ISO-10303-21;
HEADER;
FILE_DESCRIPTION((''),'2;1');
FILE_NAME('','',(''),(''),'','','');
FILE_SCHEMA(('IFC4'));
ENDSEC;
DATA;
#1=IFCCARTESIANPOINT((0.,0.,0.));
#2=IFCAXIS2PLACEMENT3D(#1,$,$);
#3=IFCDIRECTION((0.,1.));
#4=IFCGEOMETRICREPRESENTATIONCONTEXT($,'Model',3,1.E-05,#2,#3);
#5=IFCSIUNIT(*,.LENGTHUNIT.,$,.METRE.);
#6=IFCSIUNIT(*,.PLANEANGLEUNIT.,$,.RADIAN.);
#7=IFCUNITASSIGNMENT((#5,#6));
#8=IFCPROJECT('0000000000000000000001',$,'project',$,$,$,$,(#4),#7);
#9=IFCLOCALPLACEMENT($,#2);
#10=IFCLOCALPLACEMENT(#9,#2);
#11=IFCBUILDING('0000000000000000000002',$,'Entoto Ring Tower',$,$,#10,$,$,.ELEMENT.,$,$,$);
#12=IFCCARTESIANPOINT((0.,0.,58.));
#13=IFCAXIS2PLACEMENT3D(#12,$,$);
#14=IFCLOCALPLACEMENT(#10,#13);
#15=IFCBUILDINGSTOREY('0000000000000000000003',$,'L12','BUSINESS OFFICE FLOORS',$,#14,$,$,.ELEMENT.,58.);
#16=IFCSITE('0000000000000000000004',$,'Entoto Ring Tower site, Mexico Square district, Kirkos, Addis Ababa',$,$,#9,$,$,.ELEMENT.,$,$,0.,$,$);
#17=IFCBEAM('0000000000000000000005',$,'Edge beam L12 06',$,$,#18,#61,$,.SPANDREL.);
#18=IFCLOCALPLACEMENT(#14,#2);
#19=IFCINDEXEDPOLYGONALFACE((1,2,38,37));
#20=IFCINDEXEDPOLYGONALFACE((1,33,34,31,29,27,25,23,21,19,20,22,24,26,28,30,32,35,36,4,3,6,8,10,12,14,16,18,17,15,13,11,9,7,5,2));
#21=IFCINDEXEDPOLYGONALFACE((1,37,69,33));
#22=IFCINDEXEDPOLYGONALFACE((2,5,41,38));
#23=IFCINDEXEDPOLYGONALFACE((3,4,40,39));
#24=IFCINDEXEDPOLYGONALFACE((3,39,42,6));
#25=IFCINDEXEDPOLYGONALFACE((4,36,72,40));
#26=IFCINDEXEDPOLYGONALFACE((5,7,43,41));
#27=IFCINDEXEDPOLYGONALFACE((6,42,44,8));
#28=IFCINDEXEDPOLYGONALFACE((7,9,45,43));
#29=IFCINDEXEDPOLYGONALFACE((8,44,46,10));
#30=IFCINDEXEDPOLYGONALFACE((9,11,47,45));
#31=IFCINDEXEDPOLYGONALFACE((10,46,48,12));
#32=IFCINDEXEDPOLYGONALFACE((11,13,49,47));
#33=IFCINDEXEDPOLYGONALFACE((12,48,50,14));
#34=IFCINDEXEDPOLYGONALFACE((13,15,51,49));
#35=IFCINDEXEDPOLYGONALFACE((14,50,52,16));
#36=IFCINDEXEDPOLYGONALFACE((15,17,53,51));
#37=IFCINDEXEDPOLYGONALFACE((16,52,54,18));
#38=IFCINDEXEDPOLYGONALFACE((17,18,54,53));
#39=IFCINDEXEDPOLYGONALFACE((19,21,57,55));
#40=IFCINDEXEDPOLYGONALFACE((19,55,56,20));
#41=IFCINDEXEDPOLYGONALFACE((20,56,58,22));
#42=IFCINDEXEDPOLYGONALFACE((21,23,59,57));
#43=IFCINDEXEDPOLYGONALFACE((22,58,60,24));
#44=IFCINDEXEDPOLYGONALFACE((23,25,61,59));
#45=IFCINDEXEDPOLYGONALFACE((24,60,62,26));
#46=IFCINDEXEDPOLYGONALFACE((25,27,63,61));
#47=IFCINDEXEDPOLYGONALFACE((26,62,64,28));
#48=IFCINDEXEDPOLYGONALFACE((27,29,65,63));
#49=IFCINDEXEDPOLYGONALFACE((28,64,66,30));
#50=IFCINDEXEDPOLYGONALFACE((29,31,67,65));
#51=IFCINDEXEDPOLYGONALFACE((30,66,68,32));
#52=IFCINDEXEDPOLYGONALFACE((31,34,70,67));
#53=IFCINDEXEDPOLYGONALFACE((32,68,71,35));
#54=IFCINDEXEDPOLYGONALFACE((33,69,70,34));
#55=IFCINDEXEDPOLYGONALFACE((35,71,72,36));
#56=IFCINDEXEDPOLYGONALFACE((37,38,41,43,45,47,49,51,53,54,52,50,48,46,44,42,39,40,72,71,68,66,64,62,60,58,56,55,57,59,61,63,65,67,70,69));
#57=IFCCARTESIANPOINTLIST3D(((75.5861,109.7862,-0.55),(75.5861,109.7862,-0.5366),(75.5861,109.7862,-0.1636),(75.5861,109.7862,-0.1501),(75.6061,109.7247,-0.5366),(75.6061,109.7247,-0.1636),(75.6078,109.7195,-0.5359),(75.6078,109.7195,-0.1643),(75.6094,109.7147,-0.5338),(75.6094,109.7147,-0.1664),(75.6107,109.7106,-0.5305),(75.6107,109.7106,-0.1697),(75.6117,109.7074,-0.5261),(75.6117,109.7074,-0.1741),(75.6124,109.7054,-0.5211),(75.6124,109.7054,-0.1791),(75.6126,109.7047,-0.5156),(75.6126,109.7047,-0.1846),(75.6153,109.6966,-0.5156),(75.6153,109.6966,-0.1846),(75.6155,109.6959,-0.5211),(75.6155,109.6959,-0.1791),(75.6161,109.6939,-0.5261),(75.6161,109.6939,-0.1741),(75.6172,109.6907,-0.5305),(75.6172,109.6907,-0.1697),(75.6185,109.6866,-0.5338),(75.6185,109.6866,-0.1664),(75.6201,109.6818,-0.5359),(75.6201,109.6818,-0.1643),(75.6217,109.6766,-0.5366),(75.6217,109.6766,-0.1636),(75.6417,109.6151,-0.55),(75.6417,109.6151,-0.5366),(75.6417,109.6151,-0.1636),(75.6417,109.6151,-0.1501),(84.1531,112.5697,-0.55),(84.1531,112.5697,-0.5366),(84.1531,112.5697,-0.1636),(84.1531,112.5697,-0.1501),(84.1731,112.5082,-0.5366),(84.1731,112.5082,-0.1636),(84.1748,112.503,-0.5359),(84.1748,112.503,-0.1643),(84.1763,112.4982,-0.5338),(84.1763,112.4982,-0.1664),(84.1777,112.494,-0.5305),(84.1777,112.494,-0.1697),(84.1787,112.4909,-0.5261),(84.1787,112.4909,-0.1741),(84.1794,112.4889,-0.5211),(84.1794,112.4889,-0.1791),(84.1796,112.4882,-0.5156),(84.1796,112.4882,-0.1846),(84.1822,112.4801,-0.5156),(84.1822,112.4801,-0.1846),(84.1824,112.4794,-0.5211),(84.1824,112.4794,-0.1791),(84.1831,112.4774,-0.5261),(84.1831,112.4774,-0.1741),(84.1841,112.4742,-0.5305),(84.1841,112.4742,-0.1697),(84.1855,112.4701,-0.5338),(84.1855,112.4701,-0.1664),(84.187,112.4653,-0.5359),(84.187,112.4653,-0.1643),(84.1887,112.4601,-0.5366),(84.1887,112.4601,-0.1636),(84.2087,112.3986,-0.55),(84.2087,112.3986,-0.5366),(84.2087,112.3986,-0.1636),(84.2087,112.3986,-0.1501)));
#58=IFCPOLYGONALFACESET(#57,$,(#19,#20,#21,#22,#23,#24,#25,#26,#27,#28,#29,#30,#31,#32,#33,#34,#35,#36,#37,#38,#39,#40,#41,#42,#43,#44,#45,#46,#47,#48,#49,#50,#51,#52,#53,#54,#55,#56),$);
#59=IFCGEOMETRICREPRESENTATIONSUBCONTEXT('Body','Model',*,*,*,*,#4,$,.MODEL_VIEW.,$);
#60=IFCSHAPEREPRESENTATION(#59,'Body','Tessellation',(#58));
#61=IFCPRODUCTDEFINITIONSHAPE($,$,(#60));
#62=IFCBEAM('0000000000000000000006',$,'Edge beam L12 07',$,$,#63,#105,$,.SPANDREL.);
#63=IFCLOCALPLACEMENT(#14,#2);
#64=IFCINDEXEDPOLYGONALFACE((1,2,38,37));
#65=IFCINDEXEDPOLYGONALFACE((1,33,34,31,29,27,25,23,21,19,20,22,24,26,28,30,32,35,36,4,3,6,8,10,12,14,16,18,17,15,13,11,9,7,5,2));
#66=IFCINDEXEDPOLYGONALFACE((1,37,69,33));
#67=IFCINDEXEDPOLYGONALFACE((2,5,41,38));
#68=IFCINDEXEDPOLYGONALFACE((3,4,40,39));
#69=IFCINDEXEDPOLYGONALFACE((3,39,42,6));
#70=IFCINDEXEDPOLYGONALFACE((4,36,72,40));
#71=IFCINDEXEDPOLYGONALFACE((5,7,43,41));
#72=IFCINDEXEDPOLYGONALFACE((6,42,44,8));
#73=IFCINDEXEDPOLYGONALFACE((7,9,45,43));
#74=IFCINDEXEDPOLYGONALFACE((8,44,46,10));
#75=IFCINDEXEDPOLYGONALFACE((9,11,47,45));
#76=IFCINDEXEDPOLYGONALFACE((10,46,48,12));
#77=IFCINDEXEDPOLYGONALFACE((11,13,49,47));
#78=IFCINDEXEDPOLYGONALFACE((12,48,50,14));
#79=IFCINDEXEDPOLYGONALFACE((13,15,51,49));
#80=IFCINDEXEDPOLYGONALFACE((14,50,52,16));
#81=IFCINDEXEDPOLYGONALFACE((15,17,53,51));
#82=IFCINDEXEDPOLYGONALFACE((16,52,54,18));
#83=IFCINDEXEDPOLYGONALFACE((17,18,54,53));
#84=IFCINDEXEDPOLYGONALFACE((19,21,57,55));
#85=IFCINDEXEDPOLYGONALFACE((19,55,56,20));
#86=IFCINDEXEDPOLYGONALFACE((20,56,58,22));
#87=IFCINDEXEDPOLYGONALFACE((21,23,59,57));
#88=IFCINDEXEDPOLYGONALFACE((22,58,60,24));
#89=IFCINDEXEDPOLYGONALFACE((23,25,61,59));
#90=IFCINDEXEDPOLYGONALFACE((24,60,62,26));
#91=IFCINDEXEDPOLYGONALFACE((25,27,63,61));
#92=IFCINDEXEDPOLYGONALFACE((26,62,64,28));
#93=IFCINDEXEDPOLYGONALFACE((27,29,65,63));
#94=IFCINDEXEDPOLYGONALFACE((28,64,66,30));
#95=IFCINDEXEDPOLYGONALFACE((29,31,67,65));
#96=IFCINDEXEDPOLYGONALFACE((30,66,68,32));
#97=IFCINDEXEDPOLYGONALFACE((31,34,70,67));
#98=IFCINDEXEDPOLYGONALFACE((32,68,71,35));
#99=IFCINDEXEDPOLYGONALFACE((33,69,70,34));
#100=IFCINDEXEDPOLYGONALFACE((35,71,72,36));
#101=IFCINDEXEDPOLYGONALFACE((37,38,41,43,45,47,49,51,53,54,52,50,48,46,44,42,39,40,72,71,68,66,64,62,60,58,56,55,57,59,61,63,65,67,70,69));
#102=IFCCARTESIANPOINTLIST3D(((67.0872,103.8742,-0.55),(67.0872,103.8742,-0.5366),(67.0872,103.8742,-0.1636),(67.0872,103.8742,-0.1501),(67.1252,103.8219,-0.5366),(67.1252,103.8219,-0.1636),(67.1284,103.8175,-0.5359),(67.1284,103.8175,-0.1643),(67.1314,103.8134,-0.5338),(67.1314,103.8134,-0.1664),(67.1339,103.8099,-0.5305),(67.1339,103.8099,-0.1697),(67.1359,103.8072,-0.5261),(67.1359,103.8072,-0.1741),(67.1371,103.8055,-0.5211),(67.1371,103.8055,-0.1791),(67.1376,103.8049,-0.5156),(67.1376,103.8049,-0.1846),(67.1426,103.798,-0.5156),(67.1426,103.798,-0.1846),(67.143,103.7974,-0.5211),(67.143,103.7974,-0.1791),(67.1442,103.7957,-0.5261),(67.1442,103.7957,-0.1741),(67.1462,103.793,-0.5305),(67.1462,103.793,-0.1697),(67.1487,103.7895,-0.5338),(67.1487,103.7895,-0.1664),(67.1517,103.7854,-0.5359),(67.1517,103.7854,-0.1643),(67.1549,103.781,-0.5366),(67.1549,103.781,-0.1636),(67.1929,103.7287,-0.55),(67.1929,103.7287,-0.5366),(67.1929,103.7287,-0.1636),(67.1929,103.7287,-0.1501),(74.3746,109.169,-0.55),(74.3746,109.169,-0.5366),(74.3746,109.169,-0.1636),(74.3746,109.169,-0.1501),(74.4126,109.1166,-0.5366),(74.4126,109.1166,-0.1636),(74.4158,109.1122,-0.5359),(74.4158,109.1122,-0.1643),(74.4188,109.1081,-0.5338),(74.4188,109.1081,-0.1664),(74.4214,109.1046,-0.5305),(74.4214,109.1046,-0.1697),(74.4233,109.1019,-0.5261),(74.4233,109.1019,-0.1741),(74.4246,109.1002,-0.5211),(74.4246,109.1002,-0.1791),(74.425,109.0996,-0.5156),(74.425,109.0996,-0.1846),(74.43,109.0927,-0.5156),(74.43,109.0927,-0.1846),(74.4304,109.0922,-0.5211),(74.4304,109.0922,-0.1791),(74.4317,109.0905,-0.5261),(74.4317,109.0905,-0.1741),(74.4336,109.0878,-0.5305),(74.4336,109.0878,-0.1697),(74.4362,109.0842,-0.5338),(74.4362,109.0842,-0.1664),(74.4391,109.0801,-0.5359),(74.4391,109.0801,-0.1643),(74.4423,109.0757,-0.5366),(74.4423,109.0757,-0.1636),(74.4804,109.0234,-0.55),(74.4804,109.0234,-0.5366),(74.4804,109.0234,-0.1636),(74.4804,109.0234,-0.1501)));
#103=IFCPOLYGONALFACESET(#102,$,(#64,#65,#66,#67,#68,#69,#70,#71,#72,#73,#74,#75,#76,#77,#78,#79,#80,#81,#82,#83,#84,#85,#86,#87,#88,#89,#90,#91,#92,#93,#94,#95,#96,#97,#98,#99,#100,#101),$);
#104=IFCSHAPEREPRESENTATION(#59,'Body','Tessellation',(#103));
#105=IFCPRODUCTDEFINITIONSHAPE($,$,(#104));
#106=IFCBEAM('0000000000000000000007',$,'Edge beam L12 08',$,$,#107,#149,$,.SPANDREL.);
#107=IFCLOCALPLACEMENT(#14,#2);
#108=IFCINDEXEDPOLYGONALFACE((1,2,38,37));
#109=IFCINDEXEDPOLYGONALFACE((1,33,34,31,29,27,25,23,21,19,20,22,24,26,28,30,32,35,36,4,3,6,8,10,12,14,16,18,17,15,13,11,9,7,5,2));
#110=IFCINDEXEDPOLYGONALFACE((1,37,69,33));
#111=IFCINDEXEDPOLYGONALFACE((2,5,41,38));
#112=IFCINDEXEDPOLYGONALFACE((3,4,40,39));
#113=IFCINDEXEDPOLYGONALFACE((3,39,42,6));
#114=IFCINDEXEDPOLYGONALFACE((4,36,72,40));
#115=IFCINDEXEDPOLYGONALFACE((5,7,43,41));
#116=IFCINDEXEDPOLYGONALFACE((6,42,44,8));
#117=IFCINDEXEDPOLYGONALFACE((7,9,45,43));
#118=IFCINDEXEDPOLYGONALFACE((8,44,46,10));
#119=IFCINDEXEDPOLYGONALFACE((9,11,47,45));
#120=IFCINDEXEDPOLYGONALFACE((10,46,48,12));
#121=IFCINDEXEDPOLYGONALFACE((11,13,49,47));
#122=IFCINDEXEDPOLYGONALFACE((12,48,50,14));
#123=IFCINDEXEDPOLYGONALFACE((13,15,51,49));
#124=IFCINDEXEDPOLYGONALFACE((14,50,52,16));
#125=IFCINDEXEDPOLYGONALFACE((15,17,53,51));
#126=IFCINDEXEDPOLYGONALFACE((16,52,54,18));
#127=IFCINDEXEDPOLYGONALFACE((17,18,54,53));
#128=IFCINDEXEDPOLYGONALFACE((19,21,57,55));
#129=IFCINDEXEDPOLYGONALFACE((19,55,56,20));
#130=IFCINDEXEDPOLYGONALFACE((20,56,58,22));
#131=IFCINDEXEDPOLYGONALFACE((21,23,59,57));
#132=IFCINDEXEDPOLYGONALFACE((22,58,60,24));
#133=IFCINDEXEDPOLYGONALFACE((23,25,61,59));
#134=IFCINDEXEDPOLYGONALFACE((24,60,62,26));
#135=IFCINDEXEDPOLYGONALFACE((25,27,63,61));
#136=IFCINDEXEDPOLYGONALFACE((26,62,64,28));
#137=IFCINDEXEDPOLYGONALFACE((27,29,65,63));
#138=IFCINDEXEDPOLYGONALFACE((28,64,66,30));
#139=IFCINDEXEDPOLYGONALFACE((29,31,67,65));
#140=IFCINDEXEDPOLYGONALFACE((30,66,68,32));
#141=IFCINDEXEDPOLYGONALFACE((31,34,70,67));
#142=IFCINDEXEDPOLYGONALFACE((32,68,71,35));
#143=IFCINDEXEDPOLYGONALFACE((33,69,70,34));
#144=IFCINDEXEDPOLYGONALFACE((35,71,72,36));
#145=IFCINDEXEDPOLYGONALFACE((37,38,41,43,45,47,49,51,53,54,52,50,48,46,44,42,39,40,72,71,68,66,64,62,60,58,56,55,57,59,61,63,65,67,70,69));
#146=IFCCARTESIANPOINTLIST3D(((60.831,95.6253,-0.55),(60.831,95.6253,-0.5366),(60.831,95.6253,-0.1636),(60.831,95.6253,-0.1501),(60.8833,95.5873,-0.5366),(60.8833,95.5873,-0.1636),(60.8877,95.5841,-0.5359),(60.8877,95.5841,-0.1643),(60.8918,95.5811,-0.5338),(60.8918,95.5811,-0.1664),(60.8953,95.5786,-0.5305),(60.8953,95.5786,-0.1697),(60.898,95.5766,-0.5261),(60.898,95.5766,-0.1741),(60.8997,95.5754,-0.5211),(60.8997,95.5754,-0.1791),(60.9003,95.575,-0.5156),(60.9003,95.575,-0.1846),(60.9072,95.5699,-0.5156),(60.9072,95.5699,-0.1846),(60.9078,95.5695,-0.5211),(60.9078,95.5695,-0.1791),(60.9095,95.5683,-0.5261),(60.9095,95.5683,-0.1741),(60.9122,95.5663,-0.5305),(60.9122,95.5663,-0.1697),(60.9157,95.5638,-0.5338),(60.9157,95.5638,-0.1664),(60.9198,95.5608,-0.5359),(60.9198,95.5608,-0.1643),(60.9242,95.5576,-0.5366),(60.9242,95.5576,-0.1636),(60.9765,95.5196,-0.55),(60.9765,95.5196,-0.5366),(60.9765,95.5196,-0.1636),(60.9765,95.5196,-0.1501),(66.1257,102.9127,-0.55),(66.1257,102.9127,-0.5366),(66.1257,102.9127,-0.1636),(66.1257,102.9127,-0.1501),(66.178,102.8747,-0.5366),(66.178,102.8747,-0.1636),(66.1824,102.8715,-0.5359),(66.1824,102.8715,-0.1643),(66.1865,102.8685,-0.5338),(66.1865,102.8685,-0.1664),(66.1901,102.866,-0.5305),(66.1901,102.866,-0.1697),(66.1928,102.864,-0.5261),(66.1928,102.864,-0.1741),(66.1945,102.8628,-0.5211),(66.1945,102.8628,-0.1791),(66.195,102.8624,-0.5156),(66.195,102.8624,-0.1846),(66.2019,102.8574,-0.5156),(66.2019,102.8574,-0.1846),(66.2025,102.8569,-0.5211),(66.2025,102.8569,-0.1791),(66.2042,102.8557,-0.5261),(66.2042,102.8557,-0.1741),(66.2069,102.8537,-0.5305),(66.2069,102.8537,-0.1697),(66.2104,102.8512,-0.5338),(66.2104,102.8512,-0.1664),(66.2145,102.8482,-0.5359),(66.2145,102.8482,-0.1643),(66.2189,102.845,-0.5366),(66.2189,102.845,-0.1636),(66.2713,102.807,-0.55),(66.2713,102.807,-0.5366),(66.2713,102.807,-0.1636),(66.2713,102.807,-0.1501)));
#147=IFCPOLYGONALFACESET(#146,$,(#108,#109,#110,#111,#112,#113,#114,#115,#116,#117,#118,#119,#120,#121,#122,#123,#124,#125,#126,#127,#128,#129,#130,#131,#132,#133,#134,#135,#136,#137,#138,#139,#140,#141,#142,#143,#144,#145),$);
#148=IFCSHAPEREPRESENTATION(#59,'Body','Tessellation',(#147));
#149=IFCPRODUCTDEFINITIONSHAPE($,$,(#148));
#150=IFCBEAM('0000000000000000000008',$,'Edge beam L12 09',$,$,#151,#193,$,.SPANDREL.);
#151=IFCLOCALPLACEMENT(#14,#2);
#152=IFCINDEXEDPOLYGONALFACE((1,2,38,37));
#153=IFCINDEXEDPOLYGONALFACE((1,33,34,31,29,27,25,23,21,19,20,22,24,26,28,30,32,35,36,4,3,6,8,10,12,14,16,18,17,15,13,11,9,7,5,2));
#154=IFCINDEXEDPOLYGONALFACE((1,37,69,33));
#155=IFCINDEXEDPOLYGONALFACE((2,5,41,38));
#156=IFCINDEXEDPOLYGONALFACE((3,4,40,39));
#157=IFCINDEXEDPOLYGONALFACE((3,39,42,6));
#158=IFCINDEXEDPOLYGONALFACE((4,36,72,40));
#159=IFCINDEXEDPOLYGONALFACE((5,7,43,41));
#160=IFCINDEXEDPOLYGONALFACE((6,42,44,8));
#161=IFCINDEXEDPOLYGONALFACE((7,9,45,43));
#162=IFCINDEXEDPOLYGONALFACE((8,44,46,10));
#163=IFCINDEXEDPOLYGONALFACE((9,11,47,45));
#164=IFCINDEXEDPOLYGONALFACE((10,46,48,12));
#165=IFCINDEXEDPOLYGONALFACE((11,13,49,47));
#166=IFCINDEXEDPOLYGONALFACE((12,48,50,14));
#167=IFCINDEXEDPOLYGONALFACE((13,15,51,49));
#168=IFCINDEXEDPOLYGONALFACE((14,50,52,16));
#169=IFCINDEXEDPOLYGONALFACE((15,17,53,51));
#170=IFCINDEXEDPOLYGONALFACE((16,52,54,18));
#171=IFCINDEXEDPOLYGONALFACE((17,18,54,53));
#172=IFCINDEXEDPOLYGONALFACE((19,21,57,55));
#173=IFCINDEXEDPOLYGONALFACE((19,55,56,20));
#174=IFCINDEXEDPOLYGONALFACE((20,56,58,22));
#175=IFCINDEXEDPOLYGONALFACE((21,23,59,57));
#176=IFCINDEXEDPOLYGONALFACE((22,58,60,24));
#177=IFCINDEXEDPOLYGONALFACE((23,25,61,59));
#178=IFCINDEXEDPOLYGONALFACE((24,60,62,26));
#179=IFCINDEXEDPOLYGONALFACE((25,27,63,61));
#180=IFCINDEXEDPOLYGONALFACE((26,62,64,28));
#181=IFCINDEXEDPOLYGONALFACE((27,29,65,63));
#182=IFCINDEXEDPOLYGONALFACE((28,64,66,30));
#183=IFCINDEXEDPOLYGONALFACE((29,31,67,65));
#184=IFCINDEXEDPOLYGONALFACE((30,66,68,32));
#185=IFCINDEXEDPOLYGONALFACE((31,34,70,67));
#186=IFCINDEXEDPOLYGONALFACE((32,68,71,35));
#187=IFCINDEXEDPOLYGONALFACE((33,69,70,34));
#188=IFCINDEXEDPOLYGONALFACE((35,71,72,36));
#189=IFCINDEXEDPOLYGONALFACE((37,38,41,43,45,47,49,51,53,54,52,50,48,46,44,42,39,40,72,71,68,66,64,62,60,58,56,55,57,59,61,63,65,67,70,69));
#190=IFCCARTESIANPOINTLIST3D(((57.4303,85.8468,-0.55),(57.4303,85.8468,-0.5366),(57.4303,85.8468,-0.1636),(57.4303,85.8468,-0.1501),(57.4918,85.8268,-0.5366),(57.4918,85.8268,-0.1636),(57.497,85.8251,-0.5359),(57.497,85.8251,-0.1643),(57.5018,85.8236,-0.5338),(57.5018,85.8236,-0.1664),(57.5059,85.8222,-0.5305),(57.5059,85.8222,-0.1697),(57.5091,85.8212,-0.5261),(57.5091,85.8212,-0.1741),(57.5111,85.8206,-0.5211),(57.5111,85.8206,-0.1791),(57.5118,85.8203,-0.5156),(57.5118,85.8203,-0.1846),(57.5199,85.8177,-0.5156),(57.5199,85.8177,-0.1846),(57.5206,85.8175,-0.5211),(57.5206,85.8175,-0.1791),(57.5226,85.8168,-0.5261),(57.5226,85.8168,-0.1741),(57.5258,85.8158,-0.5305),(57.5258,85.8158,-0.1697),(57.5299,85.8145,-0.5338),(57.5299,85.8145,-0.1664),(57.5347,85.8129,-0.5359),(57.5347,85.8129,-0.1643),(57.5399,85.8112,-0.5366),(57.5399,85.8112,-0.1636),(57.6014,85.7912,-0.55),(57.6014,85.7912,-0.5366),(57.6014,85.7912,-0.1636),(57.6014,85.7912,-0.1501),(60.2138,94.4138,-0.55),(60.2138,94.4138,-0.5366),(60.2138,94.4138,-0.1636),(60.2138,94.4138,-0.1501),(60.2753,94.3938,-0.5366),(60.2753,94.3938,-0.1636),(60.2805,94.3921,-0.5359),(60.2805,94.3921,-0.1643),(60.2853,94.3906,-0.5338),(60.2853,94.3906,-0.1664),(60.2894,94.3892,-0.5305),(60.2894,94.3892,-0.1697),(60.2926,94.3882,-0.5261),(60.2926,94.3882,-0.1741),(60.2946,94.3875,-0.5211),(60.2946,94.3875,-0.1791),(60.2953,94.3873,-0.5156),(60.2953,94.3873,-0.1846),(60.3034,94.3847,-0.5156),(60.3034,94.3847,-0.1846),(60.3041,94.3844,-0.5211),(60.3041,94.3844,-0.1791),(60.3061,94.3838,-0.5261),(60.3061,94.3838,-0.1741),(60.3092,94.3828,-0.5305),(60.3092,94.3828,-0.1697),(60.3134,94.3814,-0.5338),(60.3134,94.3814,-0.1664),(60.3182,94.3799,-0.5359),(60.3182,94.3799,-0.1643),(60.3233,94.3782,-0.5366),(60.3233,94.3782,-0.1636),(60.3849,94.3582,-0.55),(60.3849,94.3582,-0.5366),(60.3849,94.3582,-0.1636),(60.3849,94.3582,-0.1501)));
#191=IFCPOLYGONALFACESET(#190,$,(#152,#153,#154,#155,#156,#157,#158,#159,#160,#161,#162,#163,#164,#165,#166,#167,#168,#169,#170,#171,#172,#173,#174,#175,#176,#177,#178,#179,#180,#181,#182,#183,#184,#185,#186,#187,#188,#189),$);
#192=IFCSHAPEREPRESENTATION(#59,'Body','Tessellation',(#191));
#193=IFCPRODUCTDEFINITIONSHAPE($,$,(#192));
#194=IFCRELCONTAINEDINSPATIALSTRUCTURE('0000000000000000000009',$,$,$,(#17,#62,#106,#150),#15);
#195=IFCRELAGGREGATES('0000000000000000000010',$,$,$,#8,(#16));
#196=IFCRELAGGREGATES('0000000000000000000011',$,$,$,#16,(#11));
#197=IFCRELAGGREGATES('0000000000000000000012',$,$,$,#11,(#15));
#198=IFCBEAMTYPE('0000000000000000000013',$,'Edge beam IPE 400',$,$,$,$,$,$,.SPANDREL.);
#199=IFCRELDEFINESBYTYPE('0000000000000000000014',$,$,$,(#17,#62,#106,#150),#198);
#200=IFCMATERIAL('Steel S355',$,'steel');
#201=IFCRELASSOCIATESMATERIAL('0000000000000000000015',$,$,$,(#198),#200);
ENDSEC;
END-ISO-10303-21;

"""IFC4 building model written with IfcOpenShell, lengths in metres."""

from ifc_helpers import new_model, si_unit, direction, frame, origin, origin_2d, place, context, subcontext, project, spatial, i_section, extrude, material, material_profile, profile_set, type_object, element, save


model = new_model("IFC4")

# Units and contexts
model_context = context("Model", 3, precision=1e-05, world=origin(), true_north=direction((0.0, 1.0)))
body_context = subcontext(model_context, "Body", "Model", "MODEL_VIEW")
ifc_project = project(units=[si_unit("LENGTHUNIT", "METRE"), si_unit("PLANEANGLEUNIT", "RADIAN")], contexts=[model_context])

# Site, building, storey
site_placement = place(None, origin())
site = spatial("IfcSite", under=ifc_project, at=site_placement, Name="Entoto Ring Tower site, Mexico Square district, Kirkos, Addis Ababa", CompositionType="ELEMENT", RefElevation=0.0)
building_placement = place(site_placement, origin())
building = spatial("IfcBuilding", under=site, at=building_placement, Name="Entoto Ring Tower", CompositionType="ELEMENT")
storey_placement = place(building_placement, frame((0.0, 0.0, 58.0)))
storey = spatial("IfcBuildingStorey", under=building, at=storey_placement, Name="L12", Description="BUSINESS OFFICE FLOORS", CompositionType="ELEMENT", Elevation=58.0)

# Beams
ifc_material_1 = material(Name="Steel S355", Category="steel")
ifc_material_profile_1 = material_profile(ifc_material_1, i_section(OverallWidth=0.1799, OverallDepth=0.3999, WebThickness=0.0085, FlangeThickness=0.0134, FilletRadius=0.021, at=origin_2d()), Name="IPE 400")
ifc_profile_set_1 = profile_set([ifc_material_profile_1], Name="Steel S355")
beam_type_1 = type_object("IfcBeamType", Name="Edge beam IPE 400", PredefinedType="SPANDREL", material=ifc_profile_set_1)
for number, where, z_axis, x_axis, name in (
    (1, (84.1809, 112.4841, -0.3501), (-0.95106, -0.309006, 0.0), (0.309006, -0.95106, 0.0), "Edge beam L12 06"),
    (2, (74.4275, 109.0962, -0.3501), (-0.809011, -0.587793, 0.0), (0.587793, -0.809011, 0.0), "Edge beam L12 07"),
    (3, (66.1985, 102.8599, -0.3501), (-0.587793, -0.809011, 0.0), (0.809011, -0.587793, 0.0), "Edge beam L12 08"),
    (4, (60.2993, 94.386, -0.3501), (-0.309006, -0.95106, 0.0), (0.95106, -0.309006, 0.0), "Edge beam L12 09"),
):
    element("IfcBeam", number, at=place(storey_placement, frame(where, z_axis=z_axis, x_axis=x_axis)), inside=storey, type_object=beam_type_1, Name=name, PredefinedType="SPANDREL", context=body_context, shape_type="SweptSolid", body=[
        extrude(i_section(OverallWidth=0.1799, OverallDepth=0.3999, WebThickness=0.0085, FlangeThickness=0.0134, FilletRadius=0.021, at=origin_2d()), origin(), (0.0, 0.0, 1.0), 9.0078),
    ])

save(model, "model.ifc")
